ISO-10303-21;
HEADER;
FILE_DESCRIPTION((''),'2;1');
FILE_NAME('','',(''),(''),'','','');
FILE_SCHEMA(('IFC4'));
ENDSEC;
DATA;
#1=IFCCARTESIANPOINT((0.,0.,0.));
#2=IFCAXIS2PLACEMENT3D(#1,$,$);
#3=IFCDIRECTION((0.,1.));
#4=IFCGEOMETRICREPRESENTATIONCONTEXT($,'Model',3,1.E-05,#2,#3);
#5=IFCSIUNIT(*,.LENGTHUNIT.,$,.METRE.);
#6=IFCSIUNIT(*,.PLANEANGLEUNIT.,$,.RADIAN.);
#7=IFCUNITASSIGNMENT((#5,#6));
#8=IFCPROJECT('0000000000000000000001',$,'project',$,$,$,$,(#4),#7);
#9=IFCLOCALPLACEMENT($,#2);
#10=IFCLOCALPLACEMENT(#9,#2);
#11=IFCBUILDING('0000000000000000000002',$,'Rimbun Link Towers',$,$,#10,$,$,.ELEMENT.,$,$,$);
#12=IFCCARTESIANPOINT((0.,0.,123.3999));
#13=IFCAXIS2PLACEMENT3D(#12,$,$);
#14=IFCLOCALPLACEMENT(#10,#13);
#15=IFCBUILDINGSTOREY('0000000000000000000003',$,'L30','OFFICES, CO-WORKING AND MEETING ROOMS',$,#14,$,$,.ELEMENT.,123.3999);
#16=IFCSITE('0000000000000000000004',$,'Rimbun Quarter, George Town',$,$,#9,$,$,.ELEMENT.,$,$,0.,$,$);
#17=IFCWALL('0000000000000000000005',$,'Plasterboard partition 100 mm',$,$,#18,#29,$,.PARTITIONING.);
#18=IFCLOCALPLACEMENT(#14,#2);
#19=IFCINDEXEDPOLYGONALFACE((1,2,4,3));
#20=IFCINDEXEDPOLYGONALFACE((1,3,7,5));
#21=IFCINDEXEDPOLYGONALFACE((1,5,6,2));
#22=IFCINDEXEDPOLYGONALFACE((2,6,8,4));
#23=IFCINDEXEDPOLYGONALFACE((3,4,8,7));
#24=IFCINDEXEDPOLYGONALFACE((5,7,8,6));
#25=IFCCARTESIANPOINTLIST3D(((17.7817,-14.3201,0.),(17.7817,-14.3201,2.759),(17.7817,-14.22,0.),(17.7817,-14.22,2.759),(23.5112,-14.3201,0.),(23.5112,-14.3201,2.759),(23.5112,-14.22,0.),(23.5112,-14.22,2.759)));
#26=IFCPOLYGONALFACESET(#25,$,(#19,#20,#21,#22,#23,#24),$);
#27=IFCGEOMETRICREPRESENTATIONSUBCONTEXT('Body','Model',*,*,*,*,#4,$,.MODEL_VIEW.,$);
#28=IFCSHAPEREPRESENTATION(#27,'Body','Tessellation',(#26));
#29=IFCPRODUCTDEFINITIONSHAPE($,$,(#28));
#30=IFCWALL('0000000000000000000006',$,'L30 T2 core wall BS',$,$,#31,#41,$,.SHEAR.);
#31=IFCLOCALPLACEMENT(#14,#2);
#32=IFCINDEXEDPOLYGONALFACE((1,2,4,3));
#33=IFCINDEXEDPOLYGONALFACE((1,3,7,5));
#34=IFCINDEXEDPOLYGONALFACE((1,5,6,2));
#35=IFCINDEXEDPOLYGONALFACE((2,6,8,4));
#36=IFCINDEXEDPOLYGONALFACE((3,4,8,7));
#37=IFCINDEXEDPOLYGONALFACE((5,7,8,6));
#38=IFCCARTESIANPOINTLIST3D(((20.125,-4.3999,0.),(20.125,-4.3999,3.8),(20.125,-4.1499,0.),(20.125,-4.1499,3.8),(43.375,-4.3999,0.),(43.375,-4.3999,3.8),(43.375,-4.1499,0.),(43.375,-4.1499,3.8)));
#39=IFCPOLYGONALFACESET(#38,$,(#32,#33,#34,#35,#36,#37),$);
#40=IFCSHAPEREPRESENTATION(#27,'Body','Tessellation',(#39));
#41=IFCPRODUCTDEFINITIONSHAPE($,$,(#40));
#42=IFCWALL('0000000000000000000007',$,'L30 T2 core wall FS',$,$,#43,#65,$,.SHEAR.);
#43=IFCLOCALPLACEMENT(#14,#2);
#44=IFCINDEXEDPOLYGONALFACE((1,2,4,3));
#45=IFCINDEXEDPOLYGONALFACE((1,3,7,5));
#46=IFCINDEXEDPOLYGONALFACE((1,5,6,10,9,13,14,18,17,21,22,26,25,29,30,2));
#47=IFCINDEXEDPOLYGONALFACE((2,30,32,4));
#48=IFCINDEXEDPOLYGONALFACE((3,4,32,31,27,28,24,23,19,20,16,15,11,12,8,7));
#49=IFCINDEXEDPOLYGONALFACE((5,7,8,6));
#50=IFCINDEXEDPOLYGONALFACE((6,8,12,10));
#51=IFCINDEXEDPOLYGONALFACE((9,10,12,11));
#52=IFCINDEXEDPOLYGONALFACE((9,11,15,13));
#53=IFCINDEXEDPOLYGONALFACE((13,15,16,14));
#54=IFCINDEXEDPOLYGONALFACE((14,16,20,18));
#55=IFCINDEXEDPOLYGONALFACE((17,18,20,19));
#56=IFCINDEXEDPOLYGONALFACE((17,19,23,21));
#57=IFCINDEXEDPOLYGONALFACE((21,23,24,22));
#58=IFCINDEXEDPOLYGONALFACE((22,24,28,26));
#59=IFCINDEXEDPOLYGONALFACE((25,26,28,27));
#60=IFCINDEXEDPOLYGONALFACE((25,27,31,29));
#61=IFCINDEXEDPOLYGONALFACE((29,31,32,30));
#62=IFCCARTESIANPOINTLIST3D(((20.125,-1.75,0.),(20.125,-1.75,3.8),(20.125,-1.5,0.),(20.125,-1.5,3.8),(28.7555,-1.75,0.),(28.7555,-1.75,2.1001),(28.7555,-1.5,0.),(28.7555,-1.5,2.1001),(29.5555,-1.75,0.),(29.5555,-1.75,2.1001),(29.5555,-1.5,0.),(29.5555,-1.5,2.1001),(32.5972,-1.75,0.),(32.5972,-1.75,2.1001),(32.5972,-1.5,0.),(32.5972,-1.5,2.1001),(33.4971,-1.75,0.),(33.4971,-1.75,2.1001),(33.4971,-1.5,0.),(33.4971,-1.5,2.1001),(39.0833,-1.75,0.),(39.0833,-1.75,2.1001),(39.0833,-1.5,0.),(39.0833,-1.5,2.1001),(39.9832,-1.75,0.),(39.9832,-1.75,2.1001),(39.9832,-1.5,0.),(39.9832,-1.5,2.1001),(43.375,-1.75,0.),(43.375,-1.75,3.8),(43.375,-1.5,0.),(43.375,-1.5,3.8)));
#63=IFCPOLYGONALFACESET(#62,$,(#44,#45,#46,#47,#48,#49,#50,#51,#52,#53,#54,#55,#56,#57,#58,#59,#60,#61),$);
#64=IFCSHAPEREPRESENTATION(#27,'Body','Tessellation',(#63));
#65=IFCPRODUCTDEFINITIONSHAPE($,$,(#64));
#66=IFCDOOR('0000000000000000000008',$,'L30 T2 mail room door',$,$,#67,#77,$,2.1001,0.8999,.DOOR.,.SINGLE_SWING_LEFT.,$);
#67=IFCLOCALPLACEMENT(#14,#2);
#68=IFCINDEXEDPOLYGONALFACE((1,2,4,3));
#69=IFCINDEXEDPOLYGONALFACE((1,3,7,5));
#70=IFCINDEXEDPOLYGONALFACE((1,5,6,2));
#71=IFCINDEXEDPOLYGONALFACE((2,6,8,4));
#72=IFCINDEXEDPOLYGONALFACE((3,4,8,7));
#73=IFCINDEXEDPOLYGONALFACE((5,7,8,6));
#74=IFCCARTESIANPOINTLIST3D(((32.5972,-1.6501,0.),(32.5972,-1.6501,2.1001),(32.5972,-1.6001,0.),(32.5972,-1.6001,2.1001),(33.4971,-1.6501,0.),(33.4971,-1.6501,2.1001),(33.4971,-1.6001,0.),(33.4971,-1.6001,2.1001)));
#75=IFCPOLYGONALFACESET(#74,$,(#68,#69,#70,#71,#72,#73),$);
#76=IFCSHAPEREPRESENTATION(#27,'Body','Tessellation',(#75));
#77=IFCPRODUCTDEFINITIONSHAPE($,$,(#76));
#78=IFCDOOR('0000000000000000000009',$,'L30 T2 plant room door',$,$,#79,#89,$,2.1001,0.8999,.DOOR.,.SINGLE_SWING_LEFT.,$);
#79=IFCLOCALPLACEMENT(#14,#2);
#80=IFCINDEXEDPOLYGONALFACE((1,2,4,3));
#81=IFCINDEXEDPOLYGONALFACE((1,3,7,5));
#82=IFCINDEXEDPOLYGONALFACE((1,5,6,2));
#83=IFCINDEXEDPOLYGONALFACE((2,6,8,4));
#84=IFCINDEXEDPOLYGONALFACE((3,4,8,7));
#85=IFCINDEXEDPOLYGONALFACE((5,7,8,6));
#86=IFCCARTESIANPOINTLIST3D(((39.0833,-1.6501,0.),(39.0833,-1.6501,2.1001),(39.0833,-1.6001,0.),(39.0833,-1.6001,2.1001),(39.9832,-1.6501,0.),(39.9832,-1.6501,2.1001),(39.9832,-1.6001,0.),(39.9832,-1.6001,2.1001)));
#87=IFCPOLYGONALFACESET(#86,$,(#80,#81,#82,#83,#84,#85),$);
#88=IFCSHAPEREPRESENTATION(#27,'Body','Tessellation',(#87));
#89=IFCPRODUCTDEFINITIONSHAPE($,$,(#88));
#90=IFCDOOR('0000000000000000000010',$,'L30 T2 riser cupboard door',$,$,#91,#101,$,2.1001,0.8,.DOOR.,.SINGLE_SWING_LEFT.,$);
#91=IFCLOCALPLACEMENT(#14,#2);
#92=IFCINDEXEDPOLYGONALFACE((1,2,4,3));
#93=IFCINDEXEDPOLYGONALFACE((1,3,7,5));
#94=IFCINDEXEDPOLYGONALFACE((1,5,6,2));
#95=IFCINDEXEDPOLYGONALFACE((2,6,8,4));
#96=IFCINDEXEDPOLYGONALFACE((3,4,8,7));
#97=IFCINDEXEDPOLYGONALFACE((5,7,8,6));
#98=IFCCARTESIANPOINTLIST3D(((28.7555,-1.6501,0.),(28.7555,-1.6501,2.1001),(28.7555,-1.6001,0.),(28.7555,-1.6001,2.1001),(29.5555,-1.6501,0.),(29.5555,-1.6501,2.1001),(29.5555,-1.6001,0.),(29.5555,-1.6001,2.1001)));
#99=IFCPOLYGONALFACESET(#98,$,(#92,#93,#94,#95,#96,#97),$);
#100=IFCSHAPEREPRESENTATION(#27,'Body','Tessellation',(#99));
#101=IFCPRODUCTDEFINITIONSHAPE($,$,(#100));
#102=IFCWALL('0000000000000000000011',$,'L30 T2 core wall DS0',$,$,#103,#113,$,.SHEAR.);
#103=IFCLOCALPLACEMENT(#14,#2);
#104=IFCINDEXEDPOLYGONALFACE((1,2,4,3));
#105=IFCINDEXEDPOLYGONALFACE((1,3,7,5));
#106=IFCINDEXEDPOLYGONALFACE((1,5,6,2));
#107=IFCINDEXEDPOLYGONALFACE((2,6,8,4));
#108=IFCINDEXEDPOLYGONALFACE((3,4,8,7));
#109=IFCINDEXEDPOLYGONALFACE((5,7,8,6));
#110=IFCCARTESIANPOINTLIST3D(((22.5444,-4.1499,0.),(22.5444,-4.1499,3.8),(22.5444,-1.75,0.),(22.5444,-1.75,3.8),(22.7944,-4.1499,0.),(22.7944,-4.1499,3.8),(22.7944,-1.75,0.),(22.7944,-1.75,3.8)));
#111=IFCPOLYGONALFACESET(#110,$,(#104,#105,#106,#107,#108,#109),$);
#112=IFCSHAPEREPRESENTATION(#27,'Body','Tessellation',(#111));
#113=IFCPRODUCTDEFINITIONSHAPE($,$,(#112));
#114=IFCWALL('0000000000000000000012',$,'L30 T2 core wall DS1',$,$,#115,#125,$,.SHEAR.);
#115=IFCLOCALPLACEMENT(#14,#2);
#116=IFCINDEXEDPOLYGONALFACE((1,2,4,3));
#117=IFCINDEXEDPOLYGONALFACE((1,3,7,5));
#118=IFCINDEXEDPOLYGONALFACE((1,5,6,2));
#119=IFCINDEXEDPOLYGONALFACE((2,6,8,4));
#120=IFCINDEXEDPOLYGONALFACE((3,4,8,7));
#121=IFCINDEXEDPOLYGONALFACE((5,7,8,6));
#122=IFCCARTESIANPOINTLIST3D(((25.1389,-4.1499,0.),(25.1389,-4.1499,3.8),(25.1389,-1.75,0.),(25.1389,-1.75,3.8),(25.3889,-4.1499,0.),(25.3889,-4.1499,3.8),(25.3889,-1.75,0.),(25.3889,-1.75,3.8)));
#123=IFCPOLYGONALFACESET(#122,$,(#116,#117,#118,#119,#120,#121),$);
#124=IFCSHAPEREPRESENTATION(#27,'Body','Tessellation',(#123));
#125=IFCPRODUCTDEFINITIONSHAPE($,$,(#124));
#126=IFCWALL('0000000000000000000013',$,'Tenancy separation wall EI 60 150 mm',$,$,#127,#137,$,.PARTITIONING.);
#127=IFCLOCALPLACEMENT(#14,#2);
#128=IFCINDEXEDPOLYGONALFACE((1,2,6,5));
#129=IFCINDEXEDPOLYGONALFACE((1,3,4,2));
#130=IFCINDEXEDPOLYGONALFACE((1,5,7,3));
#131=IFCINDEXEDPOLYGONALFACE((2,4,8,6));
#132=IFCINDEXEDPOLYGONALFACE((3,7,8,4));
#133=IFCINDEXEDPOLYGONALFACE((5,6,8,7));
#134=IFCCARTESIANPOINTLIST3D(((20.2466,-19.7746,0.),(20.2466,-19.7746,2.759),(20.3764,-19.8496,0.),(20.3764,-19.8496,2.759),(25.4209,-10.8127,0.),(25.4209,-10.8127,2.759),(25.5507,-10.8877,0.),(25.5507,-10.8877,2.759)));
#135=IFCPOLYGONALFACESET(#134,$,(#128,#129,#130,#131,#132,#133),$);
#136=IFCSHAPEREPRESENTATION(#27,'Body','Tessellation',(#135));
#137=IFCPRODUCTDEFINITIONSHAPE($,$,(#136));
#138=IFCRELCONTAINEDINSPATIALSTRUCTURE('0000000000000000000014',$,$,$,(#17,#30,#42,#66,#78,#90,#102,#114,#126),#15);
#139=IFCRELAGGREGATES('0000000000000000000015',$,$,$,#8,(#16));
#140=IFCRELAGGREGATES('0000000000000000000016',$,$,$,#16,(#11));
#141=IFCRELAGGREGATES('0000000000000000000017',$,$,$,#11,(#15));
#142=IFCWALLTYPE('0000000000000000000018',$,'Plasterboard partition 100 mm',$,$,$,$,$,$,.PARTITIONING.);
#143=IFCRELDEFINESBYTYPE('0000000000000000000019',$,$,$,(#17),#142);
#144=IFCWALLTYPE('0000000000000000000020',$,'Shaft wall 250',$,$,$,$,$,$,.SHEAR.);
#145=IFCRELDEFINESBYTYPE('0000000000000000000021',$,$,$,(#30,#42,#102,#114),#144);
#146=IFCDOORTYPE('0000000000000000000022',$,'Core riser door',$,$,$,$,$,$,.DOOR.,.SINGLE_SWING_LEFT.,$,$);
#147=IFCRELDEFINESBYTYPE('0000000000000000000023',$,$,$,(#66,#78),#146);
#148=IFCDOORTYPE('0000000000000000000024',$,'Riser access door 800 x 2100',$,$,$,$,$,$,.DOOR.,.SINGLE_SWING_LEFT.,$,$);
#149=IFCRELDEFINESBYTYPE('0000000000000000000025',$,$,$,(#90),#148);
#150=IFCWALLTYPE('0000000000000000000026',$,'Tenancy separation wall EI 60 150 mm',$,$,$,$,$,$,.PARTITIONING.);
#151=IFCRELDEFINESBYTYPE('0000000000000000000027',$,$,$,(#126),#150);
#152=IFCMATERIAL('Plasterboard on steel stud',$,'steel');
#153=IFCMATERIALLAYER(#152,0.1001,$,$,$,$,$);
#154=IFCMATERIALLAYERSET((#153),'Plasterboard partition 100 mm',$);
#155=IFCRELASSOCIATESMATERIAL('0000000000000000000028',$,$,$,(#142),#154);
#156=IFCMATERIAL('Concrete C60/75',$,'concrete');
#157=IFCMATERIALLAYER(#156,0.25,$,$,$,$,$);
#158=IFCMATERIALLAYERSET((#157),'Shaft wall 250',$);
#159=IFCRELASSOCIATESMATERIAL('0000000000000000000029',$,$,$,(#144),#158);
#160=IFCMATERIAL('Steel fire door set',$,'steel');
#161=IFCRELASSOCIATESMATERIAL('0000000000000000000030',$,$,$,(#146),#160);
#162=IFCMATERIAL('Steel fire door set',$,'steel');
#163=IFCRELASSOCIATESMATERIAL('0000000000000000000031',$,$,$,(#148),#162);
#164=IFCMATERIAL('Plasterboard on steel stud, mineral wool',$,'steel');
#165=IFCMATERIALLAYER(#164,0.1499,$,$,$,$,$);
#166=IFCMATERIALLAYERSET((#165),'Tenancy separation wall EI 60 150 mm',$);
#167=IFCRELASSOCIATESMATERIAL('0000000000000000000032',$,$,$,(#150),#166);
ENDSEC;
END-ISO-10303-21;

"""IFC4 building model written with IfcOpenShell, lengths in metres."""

from ifc_helpers import new_model, si_unit, direction, frame, frame_2d, origin, place, context, subcontext, project, spatial, rectangle, extrude, material, layer, layer_set, type_object, element, fill, save


model = new_model("IFC4")

# Units and contexts
model_context = context("Model", 3, precision=1e-05, world=origin(), true_north=direction((0.0, 1.0)))
body_context = subcontext(model_context, "Body", "Model", "MODEL_VIEW")
ifc_project = project(units=[si_unit("LENGTHUNIT", "METRE"), si_unit("PLANEANGLEUNIT", "RADIAN")], contexts=[model_context])

# Site, building, storey
site_placement = place(None, origin())
site = spatial("IfcSite", under=ifc_project, at=site_placement, Name="Rimbun Quarter, George Town", CompositionType="ELEMENT", RefElevation=0.0)
building_placement = place(site_placement, origin())
building = spatial("IfcBuilding", under=site, at=building_placement, Name="Rimbun Link Towers", CompositionType="ELEMENT")
storey_placement = place(building_placement, frame((0.0, 0.0, 123.3999)))
storey = spatial("IfcBuildingStorey", under=building, at=storey_placement, Name="L30", Description="OFFICES, CO-WORKING AND MEETING ROOMS", CompositionType="ELEMENT", Elevation=123.3999)

# Walls
ifc_material_1 = material(Name="Plasterboard on steel stud", Category="steel")
ifc_layer_1 = layer(ifc_material_1, 0.1001)
ifc_layer_set_1 = layer_set([ifc_layer_1], Name="Plasterboard partition 100 mm")
wall_type_1 = type_object("IfcWallType", Name="Plasterboard partition 100 mm", PredefinedType="PARTITIONING", material=ifc_layer_set_1)
wall_1_placement = place(storey_placement, frame((17.7817, -14.27, 0.0), z_axis=(0.0, 0.0, 1.0), x_axis=(1.0, 0.0, 0.0)))
element("IfcWall", 1, at=wall_1_placement, inside=storey, type_object=wall_type_1, Name="Plasterboard partition 100 mm", PredefinedType="PARTITIONING", context=body_context, shape_type="SweptSolid", body=[
    extrude(rectangle(XDim=5.7295, YDim=0.1001, at=frame_2d((2.8647, 0.0))), origin(), (0.0, 0.0, 1.0), 2.759),
])
ifc_material_2 = material(Name="Concrete C60/75", Category="concrete")
ifc_layer_2 = layer(ifc_material_2, 0.25)
ifc_layer_set_2 = layer_set([ifc_layer_2], Name="Shaft wall 250")
wall_type_2 = type_object("IfcWallType", Name="Shaft wall 250", PredefinedType="SHEAR", material=ifc_layer_set_2)
wall_2_placement = place(storey_placement, frame((20.125, -4.2749, 0.0), z_axis=(0.0, 0.0, 1.0), x_axis=(1.0, 0.0, 0.0)))
element("IfcWall", 2, at=wall_2_placement, inside=storey, type_object=wall_type_2, Name="L30 T2 core wall BS", PredefinedType="SHEAR", context=body_context, shape_type="SweptSolid", body=[
    extrude(rectangle(XDim=23.25, YDim=0.25, at=frame_2d((11.625, 0.0))), origin(), (0.0, 0.0, 1.0), 3.8),
])

# Wall, openings, doors
wall_3_placement = place(storey_placement, frame((20.125, -1.625, 0.0), z_axis=(0.0, 0.0, 1.0), x_axis=(1.0, 0.0, 0.0)))
wall_3 = element("IfcWall", 3, at=wall_3_placement, inside=storey, type_object=wall_type_2, Name="L30 T2 core wall FS", PredefinedType="SHEAR", context=body_context, shape_type="SweptSolid", body=[
    extrude(rectangle(XDim=23.25, YDim=0.25, at=frame_2d((11.625, 0.0))), origin(), (0.0, 0.0, 1.0), 3.8),
])
opening_1_placement = place(wall_3_placement, frame((8.6306, 0.0, 0.0)))
opening_1 = element("IfcOpeningElement", 4, at=opening_1_placement, cuts=wall_3, PredefinedType="OPENING", context=body_context, shape_type="SweptSolid", body=[
    extrude(rectangle(XDim=0.8, YDim=2.1001, at=frame_2d((0.3999, 1.05))), frame((0.0, 0.135, 0.0), z_axis=(0.0, -1.0, 0.0), x_axis=(1.0, 0.0, 0.0)), (0.0, 0.0, 1.0), 0.27),
])
opening_2_placement = place(wall_3_placement, frame((12.4722, 0.0, 0.0)))
opening_2 = element("IfcOpeningElement", 5, at=opening_2_placement, cuts=wall_3, PredefinedType="OPENING", context=body_context, shape_type="SweptSolid", body=[
    extrude(rectangle(XDim=0.8999, YDim=2.1001, at=frame_2d((0.45, 1.05))), frame((0.0, 0.135, 0.0), z_axis=(0.0, -1.0, 0.0), x_axis=(1.0, 0.0, 0.0)), (0.0, 0.0, 1.0), 0.27),
])
opening_3_placement = place(wall_3_placement, frame((18.9583, 0.0, 0.0)))
opening_3 = element("IfcOpeningElement", 6, at=opening_3_placement, cuts=wall_3, PredefinedType="OPENING", context=body_context, shape_type="SweptSolid", body=[
    extrude(rectangle(XDim=0.8999, YDim=2.1001, at=frame_2d((0.45, 1.05))), frame((0.0, 0.135, 0.0), z_axis=(0.0, -1.0, 0.0), x_axis=(1.0, 0.0, 0.0)), (0.0, 0.0, 1.0), 0.27),
])
ifc_material_3 = material(Name="Steel fire door set", Category="steel")
door_type_1 = type_object("IfcDoorType", Name="Core riser door", OperationType="SINGLE_SWING_LEFT", PredefinedType="DOOR", material=ifc_material_3)
door_1_placement = place(opening_2_placement, origin())
door_1 = element("IfcDoor", 7, at=door_1_placement, inside=storey, type_object=door_type_1, Name="L30 T2 mail room door", OperationType="SINGLE_SWING_LEFT", OverallHeight=2.1001, OverallWidth=0.8999, PredefinedType="DOOR", context=body_context, shape_type="SweptSolid", body=[
    extrude(rectangle(XDim=0.8999, YDim=2.1001, at=frame_2d((0.45, 1.05))), frame((0.0, 0.0249, 0.0), z_axis=(0.0, -1.0, 0.0), x_axis=(1.0, 0.0, 0.0)), (0.0, 0.0, 1.0), 0.05),
])
fill(opening_2, door_1)
door_2_placement = place(opening_3_placement, origin())
door_2 = element("IfcDoor", 8, at=door_2_placement, inside=storey, type_object=door_type_1, Name="L30 T2 plant room door", OperationType="SINGLE_SWING_LEFT", OverallHeight=2.1001, OverallWidth=0.8999, PredefinedType="DOOR", context=body_context, shape_type="SweptSolid", body=[
    extrude(rectangle(XDim=0.8999, YDim=2.1001, at=frame_2d((0.45, 1.05))), frame((0.0, 0.0249, 0.0), z_axis=(0.0, -1.0, 0.0), x_axis=(1.0, 0.0, 0.0)), (0.0, 0.0, 1.0), 0.05),
])
fill(opening_3, door_2)
ifc_material_4 = material(Name="Steel fire door set", Category="steel")
door_type_2 = type_object("IfcDoorType", Name="Riser access door 800 x 2100", OperationType="SINGLE_SWING_LEFT", PredefinedType="DOOR", material=ifc_material_4)
door_3_placement = place(opening_1_placement, origin())
door_3 = element("IfcDoor", 9, at=door_3_placement, inside=storey, type_object=door_type_2, Name="L30 T2 riser cupboard door", OperationType="SINGLE_SWING_LEFT", OverallHeight=2.1001, OverallWidth=0.8, PredefinedType="DOOR", context=body_context, shape_type="SweptSolid", body=[
    extrude(rectangle(XDim=0.8, YDim=2.1001, at=frame_2d((0.3999, 1.05))), frame((0.0, 0.0249, 0.0), z_axis=(0.0, -1.0, 0.0), x_axis=(1.0, 0.0, 0.0)), (0.0, 0.0, 1.0), 0.05),
])
fill(opening_1, door_3)

# Walls
for number, where, z_axis, x_axis, name in (
    (10, (22.6694, -4.1499, 0.0), (0.0, 0.0, 1.0), (0.0, 1.0, 0.0), "L30 T2 core wall DS0"),
    (11, (25.2639, -4.1499, 0.0), (0.0, 0.0, 1.0), (0.0, 1.0, 0.0), "L30 T2 core wall DS1"),
):
    element("IfcWall", number, at=place(storey_placement, frame(where, z_axis=z_axis, x_axis=x_axis)), inside=storey, type_object=wall_type_2, Name=name, PredefinedType="SHEAR", context=body_context, shape_type="SweptSolid", body=[
        extrude(rectangle(XDim=2.3999, YDim=0.25, at=frame_2d((1.2, 0.0))), origin(), (0.0, 0.0, 1.0), 3.8),
    ])
ifc_material_5 = material(Name="Plasterboard on steel stud, mineral wool", Category="steel")
ifc_layer_3 = layer(ifc_material_5, 0.1499)
ifc_layer_set_3 = layer_set([ifc_layer_3], Name="Tenancy separation wall EI 60 150 mm")
wall_type_3 = type_object("IfcWallType", Name="Tenancy separation wall EI 60 150 mm", PredefinedType="PARTITIONING", material=ifc_layer_set_3)
wall_4_placement = place(storey_placement, frame((25.4858, -10.8501, 0.0), z_axis=(0.0, 0.0, 1.0), x_axis=(-0.500011, -0.866019, 0.0)))
element("IfcWall", 12, at=wall_4_placement, inside=storey, type_object=wall_type_3, Name="Tenancy separation wall EI 60 150 mm", PredefinedType="PARTITIONING", context=body_context, shape_type="SweptSolid", body=[
    extrude(rectangle(XDim=10.3484, YDim=0.1499, at=frame_2d((5.1743, 0.0))), origin(), (0.0, 0.0, 1.0), 2.759),
])

save(model, "model.ifc")
